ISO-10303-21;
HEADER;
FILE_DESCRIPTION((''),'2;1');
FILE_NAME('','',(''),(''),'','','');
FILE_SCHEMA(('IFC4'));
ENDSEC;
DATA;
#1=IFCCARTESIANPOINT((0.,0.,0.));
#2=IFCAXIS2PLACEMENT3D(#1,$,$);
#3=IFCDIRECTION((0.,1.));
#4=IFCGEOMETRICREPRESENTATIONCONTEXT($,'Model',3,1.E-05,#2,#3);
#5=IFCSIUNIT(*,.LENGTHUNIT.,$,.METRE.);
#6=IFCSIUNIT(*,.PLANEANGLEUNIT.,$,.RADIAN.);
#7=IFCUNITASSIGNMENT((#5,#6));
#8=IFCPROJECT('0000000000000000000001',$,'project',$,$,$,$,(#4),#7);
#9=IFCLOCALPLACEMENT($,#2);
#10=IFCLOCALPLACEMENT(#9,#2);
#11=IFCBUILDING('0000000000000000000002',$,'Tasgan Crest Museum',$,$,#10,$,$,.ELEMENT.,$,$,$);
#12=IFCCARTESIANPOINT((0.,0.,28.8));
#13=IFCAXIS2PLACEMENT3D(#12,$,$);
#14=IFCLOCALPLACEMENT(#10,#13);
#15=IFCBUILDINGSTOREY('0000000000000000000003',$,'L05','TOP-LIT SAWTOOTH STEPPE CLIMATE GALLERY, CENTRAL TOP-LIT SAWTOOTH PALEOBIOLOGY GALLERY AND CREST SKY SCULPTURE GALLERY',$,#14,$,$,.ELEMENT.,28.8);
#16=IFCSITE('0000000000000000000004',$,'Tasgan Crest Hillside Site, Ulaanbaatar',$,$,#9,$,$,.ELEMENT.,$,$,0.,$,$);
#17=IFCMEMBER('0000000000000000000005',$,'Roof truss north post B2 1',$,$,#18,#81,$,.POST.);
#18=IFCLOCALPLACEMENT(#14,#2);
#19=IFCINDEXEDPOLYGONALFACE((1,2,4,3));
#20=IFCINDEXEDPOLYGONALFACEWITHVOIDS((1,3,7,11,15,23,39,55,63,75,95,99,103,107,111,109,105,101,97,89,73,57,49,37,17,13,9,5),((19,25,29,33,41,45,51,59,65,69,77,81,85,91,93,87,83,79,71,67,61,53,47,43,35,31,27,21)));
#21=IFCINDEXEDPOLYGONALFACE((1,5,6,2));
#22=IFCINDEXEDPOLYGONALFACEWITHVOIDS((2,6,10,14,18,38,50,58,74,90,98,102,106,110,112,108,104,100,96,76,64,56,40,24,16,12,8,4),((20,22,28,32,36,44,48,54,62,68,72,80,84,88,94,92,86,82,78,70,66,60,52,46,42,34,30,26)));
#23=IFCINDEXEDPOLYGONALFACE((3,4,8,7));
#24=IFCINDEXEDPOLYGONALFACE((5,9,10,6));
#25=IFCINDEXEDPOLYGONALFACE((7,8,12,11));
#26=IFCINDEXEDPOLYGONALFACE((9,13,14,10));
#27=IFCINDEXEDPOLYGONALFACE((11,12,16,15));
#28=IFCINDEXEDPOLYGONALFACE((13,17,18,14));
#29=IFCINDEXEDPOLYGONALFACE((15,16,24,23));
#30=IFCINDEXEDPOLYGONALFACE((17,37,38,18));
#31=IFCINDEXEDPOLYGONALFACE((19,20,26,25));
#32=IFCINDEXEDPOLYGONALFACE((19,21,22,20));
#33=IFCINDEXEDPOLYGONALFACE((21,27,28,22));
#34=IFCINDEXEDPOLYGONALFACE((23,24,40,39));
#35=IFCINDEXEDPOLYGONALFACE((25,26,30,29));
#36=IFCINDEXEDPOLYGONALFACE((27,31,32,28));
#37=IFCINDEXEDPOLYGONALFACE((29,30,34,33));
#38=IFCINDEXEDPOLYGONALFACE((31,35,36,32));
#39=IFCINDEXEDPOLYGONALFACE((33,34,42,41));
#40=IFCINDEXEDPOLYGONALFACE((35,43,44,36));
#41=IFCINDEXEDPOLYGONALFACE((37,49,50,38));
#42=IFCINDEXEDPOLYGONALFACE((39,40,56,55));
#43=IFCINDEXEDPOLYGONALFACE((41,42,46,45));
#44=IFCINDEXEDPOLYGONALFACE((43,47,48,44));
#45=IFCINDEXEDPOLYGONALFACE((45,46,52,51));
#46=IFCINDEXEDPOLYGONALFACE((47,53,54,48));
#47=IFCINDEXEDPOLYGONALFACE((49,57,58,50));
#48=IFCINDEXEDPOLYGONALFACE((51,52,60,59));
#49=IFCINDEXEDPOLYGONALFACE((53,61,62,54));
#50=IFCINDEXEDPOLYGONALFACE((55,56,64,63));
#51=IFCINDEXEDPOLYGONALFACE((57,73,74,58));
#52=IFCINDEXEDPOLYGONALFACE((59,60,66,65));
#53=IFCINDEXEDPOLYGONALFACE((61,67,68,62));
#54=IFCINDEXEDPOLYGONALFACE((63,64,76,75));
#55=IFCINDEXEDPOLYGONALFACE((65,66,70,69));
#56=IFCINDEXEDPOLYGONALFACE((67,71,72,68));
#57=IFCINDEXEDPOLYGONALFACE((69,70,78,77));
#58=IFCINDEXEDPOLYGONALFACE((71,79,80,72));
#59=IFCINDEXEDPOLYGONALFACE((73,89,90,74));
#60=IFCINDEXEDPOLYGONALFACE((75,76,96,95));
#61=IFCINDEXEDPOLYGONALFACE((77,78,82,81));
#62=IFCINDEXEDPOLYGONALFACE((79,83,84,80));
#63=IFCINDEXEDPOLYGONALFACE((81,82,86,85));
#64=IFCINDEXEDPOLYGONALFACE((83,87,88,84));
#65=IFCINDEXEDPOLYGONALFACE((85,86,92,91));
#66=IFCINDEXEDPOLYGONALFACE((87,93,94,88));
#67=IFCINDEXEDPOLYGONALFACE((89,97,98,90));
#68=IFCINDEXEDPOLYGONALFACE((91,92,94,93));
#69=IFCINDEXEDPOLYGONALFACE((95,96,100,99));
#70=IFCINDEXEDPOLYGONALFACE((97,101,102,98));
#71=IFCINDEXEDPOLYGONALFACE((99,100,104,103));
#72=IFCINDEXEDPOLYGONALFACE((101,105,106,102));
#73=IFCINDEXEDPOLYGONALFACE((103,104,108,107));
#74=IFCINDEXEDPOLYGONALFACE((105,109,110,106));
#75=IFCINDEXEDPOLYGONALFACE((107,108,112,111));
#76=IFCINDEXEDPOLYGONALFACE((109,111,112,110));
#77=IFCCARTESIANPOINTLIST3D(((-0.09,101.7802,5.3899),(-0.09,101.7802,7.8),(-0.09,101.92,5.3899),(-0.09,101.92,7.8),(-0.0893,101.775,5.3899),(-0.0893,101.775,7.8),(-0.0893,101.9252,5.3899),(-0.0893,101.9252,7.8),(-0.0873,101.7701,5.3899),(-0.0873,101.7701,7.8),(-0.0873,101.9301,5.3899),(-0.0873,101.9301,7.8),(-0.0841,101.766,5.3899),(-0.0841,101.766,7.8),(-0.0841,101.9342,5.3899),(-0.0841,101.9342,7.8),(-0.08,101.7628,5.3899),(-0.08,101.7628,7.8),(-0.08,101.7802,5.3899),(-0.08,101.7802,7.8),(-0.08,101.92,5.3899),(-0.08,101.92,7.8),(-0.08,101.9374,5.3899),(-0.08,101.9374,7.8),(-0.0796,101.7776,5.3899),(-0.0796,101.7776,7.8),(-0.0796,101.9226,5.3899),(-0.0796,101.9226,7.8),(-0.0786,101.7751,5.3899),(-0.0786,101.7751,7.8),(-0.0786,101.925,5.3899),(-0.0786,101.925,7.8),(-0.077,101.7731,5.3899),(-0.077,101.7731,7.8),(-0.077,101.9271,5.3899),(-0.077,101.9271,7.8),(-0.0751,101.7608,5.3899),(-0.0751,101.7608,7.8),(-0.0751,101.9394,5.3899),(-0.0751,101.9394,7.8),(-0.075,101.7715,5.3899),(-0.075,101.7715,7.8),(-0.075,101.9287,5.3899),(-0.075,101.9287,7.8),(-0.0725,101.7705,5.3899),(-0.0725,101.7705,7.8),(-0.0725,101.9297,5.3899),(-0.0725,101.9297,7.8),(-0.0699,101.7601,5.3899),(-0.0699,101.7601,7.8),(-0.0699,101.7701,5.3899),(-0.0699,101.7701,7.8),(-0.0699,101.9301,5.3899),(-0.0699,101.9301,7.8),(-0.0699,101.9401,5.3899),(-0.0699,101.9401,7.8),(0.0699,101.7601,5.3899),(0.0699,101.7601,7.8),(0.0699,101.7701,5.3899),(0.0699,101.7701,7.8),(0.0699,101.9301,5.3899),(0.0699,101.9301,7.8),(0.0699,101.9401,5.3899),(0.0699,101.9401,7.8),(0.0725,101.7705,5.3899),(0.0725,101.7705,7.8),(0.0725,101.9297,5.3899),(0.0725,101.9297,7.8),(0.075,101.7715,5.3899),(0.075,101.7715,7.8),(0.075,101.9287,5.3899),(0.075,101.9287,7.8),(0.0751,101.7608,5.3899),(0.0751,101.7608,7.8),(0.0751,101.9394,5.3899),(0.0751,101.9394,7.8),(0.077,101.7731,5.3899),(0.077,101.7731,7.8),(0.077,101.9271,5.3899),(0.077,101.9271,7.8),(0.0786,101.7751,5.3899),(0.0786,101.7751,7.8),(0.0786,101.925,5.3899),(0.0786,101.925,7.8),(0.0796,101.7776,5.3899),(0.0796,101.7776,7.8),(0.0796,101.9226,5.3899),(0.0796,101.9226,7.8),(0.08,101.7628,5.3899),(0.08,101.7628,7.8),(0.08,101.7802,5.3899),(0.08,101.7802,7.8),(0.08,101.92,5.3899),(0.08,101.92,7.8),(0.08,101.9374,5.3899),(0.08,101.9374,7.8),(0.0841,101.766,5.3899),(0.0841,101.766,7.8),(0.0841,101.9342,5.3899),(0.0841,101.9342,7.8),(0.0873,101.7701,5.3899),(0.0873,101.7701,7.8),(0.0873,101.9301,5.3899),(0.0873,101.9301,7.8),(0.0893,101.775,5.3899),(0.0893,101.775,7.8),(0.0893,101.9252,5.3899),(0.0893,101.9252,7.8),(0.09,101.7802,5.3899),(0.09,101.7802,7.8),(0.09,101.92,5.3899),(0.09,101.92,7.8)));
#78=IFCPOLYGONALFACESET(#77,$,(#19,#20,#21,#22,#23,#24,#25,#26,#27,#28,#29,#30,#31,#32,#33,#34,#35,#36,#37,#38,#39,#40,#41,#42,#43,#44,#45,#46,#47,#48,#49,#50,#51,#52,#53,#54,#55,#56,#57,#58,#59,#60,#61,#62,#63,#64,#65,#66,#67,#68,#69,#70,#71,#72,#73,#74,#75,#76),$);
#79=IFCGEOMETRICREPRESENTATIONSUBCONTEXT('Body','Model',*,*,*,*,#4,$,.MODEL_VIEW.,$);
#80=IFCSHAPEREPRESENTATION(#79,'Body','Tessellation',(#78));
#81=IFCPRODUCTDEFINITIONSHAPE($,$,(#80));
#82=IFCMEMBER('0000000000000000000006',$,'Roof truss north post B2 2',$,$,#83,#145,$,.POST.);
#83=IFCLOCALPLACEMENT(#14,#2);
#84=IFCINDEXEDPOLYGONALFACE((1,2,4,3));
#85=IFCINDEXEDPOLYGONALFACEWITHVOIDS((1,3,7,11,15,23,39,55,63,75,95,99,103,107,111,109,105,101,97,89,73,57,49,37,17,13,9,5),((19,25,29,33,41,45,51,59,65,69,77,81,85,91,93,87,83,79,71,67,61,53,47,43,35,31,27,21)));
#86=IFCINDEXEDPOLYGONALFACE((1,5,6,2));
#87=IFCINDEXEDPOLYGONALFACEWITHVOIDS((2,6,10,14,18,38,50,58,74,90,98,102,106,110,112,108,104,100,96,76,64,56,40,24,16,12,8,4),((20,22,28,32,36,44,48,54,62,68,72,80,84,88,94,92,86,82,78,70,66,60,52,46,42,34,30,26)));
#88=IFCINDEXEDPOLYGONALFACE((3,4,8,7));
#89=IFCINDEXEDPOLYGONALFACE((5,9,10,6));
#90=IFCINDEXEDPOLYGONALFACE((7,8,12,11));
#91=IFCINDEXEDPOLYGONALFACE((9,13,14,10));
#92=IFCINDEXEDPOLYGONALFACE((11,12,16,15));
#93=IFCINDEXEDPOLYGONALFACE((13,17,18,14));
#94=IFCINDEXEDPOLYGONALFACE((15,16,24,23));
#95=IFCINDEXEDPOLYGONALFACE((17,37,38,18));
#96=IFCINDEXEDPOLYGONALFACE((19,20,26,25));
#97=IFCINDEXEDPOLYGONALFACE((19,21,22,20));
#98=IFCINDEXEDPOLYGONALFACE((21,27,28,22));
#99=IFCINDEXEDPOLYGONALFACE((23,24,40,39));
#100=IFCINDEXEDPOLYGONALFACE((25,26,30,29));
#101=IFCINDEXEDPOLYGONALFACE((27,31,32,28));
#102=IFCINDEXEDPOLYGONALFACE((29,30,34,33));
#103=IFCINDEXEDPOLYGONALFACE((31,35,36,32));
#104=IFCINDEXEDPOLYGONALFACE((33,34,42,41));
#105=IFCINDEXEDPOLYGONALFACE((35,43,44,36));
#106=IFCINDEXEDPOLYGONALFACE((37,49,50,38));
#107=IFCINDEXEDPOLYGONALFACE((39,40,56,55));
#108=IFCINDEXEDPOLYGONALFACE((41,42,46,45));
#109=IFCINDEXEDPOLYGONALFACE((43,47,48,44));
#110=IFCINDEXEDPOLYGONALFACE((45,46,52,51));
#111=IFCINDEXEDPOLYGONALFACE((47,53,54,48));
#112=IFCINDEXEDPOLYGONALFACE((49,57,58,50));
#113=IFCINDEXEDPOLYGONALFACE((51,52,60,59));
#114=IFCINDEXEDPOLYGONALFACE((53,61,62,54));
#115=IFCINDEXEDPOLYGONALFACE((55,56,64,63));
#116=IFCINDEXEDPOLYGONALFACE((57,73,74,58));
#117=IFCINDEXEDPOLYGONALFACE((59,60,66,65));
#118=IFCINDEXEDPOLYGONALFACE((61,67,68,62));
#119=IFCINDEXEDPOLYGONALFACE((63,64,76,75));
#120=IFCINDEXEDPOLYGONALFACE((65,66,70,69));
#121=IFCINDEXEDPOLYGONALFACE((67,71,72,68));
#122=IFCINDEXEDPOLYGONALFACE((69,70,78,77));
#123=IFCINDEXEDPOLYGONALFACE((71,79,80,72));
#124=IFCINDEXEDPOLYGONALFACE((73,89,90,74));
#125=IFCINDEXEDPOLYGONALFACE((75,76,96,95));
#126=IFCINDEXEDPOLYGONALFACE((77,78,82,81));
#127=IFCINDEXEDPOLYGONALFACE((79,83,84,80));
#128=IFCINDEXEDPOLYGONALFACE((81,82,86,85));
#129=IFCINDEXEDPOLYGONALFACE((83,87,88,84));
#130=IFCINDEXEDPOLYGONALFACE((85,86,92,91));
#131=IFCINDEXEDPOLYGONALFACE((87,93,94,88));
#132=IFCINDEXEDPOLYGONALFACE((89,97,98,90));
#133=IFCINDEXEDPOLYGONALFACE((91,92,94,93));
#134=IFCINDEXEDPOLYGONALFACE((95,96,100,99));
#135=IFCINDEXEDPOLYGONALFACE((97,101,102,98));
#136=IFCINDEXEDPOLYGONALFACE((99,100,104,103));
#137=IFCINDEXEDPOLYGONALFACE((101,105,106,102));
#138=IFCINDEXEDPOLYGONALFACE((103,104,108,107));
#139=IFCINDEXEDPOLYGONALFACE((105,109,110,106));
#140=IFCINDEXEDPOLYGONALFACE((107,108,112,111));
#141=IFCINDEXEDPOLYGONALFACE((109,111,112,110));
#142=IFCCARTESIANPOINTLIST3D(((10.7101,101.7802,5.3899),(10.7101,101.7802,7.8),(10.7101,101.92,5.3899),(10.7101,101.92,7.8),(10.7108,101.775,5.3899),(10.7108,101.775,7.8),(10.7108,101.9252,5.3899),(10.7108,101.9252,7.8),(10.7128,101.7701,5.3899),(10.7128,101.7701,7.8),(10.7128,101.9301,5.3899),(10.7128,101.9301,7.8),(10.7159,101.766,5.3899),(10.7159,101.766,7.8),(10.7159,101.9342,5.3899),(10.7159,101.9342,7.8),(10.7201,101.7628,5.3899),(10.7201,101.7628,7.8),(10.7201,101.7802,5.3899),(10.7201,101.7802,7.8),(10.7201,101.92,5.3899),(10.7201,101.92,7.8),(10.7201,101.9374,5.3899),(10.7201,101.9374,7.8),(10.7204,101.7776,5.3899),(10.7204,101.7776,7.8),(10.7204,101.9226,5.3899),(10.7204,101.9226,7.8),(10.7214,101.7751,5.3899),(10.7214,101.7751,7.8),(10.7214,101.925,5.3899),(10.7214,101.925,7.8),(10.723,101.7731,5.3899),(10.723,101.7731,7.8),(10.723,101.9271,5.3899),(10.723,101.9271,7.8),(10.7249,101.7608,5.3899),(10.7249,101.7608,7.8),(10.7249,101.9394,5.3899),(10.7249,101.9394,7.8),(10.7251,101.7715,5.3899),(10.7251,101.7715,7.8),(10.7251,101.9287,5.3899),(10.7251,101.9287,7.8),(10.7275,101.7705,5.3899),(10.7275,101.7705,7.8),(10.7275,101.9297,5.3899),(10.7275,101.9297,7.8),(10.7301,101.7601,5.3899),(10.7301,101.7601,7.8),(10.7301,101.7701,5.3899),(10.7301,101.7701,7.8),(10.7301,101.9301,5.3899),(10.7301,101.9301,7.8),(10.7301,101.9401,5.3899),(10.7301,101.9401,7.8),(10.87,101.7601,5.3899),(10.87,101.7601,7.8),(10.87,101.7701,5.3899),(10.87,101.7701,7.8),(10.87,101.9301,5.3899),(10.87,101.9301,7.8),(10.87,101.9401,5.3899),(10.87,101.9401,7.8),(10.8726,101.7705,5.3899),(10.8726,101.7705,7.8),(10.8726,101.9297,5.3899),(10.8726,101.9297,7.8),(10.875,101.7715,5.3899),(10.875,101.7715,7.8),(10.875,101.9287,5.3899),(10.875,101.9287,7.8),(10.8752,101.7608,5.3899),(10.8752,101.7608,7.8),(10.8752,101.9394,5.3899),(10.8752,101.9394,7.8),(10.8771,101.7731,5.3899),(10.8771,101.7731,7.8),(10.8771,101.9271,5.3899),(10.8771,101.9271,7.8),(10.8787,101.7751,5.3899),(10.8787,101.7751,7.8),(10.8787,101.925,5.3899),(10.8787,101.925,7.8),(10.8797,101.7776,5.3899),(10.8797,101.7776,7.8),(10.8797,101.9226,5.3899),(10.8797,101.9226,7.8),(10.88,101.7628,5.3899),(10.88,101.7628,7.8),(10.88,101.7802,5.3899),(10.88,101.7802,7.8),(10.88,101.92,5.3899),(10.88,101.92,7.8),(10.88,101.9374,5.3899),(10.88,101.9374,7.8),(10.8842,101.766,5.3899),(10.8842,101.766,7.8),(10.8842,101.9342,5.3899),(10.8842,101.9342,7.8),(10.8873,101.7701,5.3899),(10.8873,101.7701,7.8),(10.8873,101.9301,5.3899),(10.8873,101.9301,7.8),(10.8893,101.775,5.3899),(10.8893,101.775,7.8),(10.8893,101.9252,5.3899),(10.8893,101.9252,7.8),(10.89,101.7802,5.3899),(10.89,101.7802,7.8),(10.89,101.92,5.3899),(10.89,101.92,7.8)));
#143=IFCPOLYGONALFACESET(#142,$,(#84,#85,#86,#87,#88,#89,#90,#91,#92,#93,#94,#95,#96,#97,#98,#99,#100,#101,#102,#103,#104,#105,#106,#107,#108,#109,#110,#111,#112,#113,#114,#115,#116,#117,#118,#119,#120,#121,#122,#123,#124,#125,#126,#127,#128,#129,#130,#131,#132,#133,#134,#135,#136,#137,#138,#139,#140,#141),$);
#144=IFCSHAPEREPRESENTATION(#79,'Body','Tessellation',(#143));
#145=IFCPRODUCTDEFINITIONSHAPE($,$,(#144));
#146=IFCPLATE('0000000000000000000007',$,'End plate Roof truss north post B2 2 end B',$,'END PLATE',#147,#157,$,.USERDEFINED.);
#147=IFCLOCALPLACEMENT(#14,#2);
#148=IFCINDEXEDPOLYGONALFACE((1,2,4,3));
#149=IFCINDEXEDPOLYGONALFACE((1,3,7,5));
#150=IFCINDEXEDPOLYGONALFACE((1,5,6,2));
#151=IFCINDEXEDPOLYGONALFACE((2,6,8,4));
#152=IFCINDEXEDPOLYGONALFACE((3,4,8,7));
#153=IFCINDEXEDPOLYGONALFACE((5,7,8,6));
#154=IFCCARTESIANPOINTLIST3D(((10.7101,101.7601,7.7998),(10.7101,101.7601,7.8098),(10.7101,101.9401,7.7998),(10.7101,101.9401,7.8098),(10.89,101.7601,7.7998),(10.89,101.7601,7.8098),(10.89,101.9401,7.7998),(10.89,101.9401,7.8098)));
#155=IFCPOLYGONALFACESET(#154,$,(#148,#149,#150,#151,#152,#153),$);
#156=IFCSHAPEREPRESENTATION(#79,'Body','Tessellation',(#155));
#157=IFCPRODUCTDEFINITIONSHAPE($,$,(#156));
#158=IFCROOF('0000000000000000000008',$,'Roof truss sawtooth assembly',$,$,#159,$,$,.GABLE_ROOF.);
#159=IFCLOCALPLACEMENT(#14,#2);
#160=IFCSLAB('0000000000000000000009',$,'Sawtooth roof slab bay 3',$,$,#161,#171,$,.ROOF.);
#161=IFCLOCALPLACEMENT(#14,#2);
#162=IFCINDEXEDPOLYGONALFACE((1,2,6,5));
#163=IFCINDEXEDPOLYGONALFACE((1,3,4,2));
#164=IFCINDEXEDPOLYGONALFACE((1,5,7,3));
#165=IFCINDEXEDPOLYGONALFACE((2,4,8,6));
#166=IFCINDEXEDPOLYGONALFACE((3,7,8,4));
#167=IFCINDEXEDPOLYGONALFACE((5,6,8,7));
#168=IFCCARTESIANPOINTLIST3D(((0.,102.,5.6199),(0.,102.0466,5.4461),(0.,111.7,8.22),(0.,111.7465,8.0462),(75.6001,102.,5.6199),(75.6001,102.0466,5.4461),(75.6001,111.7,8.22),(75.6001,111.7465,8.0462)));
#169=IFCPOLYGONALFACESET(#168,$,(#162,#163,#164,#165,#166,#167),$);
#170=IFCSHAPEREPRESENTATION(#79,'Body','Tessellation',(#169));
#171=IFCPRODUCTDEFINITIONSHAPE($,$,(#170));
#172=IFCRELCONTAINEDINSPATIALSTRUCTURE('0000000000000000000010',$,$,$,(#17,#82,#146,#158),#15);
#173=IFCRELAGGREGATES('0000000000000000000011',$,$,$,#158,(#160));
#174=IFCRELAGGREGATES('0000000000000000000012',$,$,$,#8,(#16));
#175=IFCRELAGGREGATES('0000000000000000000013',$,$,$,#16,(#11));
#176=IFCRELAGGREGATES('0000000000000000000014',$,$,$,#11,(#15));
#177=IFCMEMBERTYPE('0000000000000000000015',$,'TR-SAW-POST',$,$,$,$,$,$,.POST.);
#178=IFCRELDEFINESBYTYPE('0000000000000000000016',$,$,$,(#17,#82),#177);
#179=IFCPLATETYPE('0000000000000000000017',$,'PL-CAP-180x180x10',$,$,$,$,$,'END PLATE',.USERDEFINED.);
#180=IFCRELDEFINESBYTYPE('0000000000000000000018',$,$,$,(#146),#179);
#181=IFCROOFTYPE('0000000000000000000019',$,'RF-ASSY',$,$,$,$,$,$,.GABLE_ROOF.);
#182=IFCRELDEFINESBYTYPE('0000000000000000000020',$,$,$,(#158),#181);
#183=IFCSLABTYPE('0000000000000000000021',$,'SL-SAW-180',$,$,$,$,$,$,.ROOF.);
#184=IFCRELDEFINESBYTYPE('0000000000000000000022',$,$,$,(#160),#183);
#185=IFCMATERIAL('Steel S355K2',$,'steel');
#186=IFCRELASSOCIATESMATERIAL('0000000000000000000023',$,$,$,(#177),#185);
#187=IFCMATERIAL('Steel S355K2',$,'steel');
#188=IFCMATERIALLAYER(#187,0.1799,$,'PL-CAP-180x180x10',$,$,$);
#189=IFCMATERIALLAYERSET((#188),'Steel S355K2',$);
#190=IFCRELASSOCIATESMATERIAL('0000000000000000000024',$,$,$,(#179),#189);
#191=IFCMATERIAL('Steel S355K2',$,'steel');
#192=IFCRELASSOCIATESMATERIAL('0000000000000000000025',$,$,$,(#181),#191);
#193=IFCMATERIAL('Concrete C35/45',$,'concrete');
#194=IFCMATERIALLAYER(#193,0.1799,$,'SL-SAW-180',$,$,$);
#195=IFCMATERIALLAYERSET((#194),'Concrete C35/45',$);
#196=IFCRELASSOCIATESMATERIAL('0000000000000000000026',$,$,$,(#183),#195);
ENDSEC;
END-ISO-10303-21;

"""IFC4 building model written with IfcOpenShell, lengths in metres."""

from ifc_helpers import new_model, si_unit, direction, frame, origin, origin_2d, place, context, subcontext, project, spatial, polyline, rectangle, hollow_rectangle, outline, extrude, material, layer, layer_set, material_profile, profile_set, type_object, element, aggregate, save


model = new_model("IFC4")

# Units and contexts
model_context = context("Model", 3, precision=1e-05, world=origin(), true_north=direction((0.0, 1.0)))
body_context = subcontext(model_context, "Body", "Model", "MODEL_VIEW")
ifc_project = project(units=[si_unit("LENGTHUNIT", "METRE"), si_unit("PLANEANGLEUNIT", "RADIAN")], contexts=[model_context])

# Site, building, storey
site_placement = place(None, origin())
site = spatial("IfcSite", under=ifc_project, at=site_placement, Name="Tasgan Crest Hillside Site, Ulaanbaatar", CompositionType="ELEMENT", RefElevation=0.0)
building_placement = place(site_placement, origin())
building = spatial("IfcBuilding", under=site, at=building_placement, Name="Tasgan Crest Museum", CompositionType="ELEMENT")
storey_placement = place(building_placement, frame((0.0, 0.0, 28.8)))
storey = spatial("IfcBuildingStorey", under=building, at=storey_placement, Name="L05", Description="TOP-LIT SAWTOOTH STEPPE CLIMATE GALLERY, CENTRAL TOP-LIT SAWTOOTH PALEOBIOLOGY GALLERY AND CREST SKY SCULPTURE GALLERY", CompositionType="ELEMENT", Elevation=28.8)

# Members
ifc_material_1 = material(Name="Steel S355K2", Category="steel")
ifc_material_profile_1 = material_profile(ifc_material_1, hollow_rectangle(XDim=0.1799, YDim=0.1799, WallThickness=0.01, InnerFilletRadius=0.01, OuterFilletRadius=0.02, at=origin_2d()), Name="SHS 180x180x10")
ifc_profile_set_1 = profile_set([ifc_material_profile_1], Name="Steel S355K2")
member_type_1 = type_object("IfcMemberType", Name="TR-SAW-POST", PredefinedType="POST", material=ifc_profile_set_1)
for number, where, z_axis, x_axis, name in (
    (1, (0.0, 101.8501, 5.3899), (0.0, 0.0, 1.0), (1.0, 0.0, 0.0), "Roof truss north post B2 1"),
    (2, (10.8, 101.8501, 5.3899), (0.0, 0.0, 1.0), (1.0, 0.0, 0.0), "Roof truss north post B2 2"),
):
    element("IfcMember", number, at=place(storey_placement, frame(where, z_axis=z_axis, x_axis=x_axis)), inside=storey, type_object=member_type_1, Name=name, PredefinedType="POST", context=body_context, shape_type="SweptSolid", body=[
        extrude(hollow_rectangle(XDim=0.1799, YDim=0.1799, WallThickness=0.01, InnerFilletRadius=0.01, OuterFilletRadius=0.02, at=origin_2d()), origin(), (0.0, 0.0, 1.0), 2.4102),
    ])

# Plate
ifc_material_2 = material(Name="Steel S355K2", Category="steel")
ifc_layer_1 = layer(ifc_material_2, 0.1799, Name="PL-CAP-180x180x10")
ifc_layer_set_1 = layer_set([ifc_layer_1], Name="Steel S355K2")
plate_type = type_object("IfcPlateType", Name="PL-CAP-180x180x10", ElementType="END PLATE", PredefinedType="USERDEFINED", material=ifc_layer_set_1)
plate_placement = place(storey_placement, frame((10.8, 101.8501, 7.7998), z_axis=(0.0, 0.0, 1.0), x_axis=(1.0, 0.0, 0.0)))
element("IfcPlate", 3, at=plate_placement, inside=storey, type_object=plate_type, Name="End plate Roof truss north post B2 2 end B", ObjectType="END PLATE", PredefinedType="USERDEFINED", context=body_context, shape_type="SweptSolid", body=[
    extrude(rectangle(XDim=0.1799, YDim=0.1799, at=origin_2d()), origin(), (0.0, 0.0, 1.0), 0.01),
])

# Roof, slab
ifc_material_3 = material(Name="Steel S355K2", Category="steel")
roof_type = type_object("IfcRoofType", Name="RF-ASSY", PredefinedType="GABLE_ROOF", material=ifc_material_3)
roof_placement = place(storey_placement, origin())
roof = element("IfcRoof", 4, at=roof_placement, inside=storey, type_object=roof_type, Name="Roof truss sawtooth assembly", PredefinedType="GABLE_ROOF")
ifc_material_4 = material(Name="Concrete C35/45", Category="concrete")
ifc_layer_2 = layer(ifc_material_4, 0.1799, Name="SL-SAW-180")
ifc_layer_set_2 = layer_set([ifc_layer_2], Name="Concrete C35/45")
slab_type = type_object("IfcSlabType", Name="SL-SAW-180", PredefinedType="ROOF", material=ifc_layer_set_2)
slab_placement = place(storey_placement, frame((0.0, 102.0, 5.6199), z_axis=(0.0, -0.258912, 0.965901), x_axis=(1.0, 0.0, 0.0)))
slab = element("IfcSlab", 5, at=slab_placement, type_object=slab_type, Name="Sawtooth roof slab bay 3", PredefinedType="ROOF", context=body_context, shape_type="SweptSolid", body=[
    extrude(outline(polyline([(0.0, 0.0), (75.6001, 0.0), (75.6001, 10.0424), (0.0, 10.0424), (0.0, 0.0)])), origin(), (0.0, 0.0, -1.0), 0.1799),
])
aggregate(roof, [slab])

save(model, "model.ifc")
